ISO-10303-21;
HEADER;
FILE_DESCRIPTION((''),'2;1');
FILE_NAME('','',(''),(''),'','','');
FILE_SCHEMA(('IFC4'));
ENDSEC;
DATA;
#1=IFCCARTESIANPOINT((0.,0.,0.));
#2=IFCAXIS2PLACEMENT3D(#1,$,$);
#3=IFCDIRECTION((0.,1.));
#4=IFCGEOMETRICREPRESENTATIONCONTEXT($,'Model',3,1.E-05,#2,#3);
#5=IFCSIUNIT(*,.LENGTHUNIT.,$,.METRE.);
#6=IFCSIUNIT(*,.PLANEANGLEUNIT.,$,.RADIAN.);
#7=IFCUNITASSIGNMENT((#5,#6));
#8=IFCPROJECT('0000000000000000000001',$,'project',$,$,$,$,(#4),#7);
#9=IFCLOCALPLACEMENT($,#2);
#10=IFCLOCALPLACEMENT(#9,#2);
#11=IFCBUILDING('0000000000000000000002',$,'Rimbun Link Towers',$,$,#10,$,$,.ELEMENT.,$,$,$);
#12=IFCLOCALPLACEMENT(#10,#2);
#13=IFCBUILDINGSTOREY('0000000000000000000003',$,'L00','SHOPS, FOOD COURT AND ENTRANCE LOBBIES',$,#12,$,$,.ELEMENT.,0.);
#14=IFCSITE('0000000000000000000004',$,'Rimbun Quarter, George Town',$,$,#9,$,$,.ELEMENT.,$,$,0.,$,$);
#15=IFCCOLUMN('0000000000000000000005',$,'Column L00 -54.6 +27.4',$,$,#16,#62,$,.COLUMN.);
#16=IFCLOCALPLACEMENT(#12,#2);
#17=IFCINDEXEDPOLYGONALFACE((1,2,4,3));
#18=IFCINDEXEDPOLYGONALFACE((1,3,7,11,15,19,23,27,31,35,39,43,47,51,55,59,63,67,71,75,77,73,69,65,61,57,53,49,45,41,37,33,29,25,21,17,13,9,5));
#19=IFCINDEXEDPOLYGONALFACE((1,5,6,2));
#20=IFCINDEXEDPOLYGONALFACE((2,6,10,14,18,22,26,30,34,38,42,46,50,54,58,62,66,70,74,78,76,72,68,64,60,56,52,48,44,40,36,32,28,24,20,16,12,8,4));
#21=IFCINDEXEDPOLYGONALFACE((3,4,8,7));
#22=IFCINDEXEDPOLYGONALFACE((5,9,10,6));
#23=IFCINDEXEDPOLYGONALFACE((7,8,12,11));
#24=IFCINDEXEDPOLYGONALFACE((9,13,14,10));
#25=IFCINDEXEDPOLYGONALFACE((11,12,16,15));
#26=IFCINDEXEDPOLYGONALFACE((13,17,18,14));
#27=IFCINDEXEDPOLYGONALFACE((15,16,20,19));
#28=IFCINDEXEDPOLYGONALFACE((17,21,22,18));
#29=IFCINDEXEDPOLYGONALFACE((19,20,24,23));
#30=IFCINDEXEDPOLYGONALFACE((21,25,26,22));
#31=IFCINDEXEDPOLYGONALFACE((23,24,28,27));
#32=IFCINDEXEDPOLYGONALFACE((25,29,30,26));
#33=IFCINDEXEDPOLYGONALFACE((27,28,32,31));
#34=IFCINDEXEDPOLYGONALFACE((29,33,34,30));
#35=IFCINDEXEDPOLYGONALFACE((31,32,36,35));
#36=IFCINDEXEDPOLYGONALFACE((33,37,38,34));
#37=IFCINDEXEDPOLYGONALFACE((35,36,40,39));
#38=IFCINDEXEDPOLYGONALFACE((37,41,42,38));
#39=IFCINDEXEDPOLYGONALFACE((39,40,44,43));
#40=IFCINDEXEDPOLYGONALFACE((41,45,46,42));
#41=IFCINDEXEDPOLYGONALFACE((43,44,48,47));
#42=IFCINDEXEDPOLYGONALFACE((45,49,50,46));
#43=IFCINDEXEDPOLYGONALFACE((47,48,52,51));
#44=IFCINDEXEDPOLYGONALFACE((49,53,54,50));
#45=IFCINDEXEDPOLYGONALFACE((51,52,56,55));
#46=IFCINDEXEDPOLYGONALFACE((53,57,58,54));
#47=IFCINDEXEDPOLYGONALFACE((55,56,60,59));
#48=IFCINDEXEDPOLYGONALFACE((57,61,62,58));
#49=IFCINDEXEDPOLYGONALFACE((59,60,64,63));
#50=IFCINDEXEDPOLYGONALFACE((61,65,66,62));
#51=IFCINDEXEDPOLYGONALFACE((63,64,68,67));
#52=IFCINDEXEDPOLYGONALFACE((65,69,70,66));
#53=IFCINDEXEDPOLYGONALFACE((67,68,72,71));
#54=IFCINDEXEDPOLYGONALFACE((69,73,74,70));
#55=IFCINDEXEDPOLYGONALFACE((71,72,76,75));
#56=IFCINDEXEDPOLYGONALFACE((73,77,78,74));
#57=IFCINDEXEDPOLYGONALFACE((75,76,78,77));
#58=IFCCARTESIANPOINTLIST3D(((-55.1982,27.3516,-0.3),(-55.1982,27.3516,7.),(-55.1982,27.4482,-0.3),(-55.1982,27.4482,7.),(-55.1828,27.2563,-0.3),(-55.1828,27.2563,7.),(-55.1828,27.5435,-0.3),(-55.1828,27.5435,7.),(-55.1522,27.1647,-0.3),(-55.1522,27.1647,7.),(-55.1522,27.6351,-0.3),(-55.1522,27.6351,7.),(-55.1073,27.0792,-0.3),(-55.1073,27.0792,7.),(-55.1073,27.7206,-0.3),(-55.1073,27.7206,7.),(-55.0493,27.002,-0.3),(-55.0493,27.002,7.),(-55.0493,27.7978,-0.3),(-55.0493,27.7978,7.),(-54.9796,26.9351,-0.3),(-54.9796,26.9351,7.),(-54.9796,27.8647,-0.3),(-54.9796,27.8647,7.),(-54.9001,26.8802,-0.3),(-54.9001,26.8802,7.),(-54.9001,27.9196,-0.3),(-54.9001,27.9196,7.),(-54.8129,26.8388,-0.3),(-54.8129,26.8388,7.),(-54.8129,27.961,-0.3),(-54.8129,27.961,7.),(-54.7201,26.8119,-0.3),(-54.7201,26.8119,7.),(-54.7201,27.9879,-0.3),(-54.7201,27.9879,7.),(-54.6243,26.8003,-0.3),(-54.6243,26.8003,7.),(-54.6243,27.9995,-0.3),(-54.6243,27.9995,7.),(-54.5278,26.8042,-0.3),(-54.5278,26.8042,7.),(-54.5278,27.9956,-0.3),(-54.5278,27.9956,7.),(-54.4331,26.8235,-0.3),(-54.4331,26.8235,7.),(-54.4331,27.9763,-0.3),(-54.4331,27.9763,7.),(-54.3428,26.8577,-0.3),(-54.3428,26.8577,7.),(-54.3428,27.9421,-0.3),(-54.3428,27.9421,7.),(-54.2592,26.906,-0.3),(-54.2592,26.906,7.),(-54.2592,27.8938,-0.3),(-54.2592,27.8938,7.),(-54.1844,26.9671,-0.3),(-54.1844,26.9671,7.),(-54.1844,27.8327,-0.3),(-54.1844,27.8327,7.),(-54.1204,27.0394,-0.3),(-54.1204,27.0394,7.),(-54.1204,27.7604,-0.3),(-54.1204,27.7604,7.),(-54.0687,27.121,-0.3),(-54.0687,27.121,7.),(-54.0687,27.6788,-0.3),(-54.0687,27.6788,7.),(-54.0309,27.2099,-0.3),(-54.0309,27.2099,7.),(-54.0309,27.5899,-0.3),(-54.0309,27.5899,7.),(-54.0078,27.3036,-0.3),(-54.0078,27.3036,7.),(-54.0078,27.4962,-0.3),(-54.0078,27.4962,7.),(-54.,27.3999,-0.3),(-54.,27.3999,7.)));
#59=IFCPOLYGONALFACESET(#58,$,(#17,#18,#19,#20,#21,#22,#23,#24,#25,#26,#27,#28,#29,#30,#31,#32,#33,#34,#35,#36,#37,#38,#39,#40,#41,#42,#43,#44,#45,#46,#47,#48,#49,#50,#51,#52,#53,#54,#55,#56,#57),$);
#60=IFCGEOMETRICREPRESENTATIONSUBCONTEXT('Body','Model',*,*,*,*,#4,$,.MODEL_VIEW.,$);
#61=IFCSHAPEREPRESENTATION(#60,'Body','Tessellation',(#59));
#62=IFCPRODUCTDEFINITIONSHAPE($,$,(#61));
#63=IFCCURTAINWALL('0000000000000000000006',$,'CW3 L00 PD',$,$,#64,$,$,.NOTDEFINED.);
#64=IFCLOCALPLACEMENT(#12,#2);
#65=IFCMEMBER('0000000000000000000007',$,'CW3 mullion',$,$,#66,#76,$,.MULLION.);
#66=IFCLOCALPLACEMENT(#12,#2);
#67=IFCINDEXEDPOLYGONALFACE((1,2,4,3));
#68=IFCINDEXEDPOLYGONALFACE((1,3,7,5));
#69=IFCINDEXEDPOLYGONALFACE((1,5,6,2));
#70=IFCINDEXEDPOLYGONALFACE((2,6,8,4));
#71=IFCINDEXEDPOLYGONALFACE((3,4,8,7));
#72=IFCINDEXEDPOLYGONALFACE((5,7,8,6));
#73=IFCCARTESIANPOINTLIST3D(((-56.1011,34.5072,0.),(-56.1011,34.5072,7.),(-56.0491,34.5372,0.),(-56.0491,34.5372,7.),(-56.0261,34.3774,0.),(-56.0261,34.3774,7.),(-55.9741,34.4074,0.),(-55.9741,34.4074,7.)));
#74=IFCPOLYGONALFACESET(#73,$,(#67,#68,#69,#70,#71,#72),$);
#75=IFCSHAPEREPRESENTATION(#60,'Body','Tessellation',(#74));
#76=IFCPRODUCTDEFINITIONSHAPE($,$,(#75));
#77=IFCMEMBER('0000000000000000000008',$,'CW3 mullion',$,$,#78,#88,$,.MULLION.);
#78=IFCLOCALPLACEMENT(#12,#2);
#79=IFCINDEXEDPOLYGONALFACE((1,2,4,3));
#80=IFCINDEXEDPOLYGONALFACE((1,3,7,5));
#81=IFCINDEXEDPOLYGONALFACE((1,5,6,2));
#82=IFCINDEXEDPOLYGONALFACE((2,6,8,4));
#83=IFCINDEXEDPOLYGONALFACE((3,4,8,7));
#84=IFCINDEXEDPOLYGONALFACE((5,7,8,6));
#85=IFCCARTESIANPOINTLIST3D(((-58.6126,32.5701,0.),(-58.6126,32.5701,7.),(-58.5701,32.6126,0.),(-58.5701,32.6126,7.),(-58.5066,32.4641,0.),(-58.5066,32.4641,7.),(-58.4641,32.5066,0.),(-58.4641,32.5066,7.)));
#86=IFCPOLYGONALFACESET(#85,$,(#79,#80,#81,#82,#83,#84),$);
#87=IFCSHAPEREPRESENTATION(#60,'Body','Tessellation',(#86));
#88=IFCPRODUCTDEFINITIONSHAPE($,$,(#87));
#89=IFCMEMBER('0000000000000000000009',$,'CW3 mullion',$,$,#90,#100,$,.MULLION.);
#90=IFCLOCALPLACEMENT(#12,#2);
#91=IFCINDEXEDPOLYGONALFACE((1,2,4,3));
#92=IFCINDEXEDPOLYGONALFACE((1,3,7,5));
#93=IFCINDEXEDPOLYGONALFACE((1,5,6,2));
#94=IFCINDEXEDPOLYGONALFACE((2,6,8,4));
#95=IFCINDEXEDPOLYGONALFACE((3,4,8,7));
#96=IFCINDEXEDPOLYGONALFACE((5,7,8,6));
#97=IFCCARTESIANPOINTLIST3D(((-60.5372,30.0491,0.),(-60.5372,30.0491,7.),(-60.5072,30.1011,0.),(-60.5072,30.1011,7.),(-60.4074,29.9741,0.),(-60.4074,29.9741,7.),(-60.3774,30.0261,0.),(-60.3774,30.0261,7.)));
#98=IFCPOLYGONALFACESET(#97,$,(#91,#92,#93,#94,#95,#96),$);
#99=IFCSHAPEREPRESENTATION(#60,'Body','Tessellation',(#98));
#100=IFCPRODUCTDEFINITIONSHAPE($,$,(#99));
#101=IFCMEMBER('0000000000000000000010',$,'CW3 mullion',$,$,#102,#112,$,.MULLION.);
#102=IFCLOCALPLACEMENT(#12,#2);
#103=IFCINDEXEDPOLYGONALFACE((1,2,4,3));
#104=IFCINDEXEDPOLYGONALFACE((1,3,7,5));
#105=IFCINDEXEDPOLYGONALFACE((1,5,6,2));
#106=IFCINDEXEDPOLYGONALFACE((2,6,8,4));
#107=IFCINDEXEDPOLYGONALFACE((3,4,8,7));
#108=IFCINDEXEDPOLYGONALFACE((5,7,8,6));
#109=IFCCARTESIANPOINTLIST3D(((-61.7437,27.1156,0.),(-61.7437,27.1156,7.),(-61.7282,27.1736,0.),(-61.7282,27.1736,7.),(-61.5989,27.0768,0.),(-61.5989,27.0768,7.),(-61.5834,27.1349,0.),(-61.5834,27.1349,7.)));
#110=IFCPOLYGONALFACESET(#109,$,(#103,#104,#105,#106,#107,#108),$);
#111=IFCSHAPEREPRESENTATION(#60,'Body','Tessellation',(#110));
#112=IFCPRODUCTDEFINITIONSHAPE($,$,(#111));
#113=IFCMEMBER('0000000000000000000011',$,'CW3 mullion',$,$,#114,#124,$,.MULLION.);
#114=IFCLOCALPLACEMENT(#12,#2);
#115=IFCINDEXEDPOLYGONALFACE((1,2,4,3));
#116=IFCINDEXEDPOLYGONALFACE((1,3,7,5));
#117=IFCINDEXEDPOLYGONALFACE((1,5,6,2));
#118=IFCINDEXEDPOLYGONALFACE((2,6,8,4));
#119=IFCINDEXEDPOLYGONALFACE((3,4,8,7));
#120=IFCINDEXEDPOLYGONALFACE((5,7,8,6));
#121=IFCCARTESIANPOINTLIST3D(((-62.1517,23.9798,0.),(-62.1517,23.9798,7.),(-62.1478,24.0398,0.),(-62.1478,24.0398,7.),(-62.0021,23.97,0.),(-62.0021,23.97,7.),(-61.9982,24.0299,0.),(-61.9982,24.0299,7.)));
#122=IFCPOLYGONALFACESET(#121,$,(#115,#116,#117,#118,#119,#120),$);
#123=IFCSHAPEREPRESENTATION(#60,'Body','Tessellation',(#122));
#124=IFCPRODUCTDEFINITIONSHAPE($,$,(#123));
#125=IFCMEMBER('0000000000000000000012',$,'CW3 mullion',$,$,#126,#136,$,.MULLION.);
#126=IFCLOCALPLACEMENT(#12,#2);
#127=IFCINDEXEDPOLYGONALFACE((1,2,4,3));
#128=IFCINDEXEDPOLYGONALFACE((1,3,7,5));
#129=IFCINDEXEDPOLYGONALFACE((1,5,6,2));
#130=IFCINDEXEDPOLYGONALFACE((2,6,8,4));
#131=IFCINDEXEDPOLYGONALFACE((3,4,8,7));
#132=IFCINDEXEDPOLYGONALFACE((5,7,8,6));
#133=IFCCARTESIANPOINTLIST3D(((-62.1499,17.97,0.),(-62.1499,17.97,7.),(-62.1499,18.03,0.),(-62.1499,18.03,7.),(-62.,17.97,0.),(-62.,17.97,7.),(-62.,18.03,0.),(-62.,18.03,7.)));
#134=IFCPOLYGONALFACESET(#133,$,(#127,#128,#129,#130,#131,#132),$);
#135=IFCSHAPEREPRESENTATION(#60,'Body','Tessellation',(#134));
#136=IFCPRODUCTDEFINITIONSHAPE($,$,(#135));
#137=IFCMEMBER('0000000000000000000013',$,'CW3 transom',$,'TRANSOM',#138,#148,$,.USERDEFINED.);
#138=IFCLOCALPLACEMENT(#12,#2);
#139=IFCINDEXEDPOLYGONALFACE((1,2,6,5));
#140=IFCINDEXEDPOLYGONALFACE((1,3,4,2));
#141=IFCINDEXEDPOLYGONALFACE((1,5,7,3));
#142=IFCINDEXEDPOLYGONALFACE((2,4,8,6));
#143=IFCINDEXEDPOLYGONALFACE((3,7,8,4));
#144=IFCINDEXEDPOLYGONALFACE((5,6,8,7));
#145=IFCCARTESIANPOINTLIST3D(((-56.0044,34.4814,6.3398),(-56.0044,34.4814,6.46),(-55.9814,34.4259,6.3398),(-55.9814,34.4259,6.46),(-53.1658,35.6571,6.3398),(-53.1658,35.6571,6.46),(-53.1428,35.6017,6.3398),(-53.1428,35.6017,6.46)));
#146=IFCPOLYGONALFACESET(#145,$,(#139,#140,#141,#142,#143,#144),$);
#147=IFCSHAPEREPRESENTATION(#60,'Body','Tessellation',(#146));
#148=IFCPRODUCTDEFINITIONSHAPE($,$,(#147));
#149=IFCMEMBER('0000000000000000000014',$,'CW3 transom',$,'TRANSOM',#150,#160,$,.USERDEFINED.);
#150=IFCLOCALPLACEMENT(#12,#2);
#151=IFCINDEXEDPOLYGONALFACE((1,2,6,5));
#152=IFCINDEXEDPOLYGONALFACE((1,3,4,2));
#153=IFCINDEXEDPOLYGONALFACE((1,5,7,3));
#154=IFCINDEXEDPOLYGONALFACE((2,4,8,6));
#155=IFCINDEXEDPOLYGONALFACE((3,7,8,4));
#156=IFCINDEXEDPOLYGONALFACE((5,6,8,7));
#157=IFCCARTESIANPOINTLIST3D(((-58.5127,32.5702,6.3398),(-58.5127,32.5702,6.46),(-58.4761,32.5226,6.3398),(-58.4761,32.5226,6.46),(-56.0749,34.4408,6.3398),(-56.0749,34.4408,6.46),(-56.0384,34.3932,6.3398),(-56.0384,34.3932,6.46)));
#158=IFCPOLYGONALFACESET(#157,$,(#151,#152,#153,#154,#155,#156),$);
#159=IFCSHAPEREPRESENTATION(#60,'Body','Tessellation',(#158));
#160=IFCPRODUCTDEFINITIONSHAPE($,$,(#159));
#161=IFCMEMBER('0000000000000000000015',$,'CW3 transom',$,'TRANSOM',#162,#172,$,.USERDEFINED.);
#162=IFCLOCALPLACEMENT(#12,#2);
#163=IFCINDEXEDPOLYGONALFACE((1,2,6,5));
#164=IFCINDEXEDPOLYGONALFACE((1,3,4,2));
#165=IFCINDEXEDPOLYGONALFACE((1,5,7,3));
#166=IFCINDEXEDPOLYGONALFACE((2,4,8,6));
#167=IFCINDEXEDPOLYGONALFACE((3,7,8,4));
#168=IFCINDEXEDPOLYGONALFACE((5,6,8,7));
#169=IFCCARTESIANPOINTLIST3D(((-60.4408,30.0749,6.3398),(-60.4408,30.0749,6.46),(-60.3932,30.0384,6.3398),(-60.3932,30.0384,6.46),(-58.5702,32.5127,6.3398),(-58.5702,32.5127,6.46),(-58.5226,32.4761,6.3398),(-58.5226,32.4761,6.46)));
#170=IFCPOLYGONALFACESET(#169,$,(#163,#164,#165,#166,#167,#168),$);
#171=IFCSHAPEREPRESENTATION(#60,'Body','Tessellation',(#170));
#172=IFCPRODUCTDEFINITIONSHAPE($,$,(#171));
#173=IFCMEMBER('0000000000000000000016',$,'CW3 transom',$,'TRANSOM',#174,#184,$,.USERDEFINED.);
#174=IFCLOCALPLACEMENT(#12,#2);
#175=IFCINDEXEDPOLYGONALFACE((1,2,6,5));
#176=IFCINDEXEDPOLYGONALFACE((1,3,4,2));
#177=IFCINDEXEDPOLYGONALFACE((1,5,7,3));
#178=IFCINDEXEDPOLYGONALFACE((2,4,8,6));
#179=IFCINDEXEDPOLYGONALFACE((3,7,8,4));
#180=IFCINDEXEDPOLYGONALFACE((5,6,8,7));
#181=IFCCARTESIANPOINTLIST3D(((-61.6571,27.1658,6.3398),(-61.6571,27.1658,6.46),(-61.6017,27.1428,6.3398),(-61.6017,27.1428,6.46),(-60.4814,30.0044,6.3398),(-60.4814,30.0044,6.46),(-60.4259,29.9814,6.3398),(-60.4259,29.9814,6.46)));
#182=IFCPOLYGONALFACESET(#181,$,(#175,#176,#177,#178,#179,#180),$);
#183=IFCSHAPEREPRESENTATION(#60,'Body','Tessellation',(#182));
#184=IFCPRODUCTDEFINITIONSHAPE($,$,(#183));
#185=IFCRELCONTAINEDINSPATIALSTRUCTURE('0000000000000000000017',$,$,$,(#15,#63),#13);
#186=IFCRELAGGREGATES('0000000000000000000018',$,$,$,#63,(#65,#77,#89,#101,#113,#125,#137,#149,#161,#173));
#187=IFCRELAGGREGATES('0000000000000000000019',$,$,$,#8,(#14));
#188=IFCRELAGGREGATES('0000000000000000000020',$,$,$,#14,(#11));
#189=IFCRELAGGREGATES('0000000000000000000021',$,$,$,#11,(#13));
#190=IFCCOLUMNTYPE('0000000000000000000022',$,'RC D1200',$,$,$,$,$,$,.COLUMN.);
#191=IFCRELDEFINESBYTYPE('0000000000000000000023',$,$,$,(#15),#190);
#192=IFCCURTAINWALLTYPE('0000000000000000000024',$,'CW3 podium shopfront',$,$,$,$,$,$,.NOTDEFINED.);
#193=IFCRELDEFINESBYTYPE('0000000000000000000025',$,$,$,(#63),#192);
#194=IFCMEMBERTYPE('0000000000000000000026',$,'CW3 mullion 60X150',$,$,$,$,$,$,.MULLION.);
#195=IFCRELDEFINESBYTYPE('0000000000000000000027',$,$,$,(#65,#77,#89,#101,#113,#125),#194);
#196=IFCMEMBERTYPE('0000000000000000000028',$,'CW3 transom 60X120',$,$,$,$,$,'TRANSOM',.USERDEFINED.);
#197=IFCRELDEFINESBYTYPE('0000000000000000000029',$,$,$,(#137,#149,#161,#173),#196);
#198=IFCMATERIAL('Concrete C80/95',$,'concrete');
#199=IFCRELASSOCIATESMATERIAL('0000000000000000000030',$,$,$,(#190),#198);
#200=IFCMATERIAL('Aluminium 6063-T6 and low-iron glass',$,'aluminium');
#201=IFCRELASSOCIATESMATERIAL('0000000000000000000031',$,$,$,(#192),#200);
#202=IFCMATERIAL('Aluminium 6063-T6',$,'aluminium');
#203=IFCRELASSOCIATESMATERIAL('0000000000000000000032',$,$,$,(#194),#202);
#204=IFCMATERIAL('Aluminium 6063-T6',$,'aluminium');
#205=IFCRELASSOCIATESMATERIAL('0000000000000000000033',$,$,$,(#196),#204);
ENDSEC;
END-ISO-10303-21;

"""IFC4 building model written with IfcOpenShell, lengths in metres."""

from ifc_helpers import new_model, si_unit, direction, frame, origin, origin_2d, place, context, subcontext, project, spatial, rectangle, circle, extrude, material, material_profile, profile_set, type_object, element, aggregate, save


model = new_model("IFC4")

# Units and contexts
model_context = context("Model", 3, precision=1e-05, world=origin(), true_north=direction((0.0, 1.0)))
body_context = subcontext(model_context, "Body", "Model", "MODEL_VIEW")
ifc_project = project(units=[si_unit("LENGTHUNIT", "METRE"), si_unit("PLANEANGLEUNIT", "RADIAN")], contexts=[model_context])

# Site, building, storey
site_placement = place(None, origin())
site = spatial("IfcSite", under=ifc_project, at=site_placement, Name="Rimbun Quarter, George Town", CompositionType="ELEMENT", RefElevation=0.0)
building_placement = place(site_placement, origin())
building = spatial("IfcBuilding", under=site, at=building_placement, Name="Rimbun Link Towers", CompositionType="ELEMENT")
storey_placement = place(building_placement, origin())
storey = spatial("IfcBuildingStorey", under=building, at=storey_placement, Name="L00", Description="SHOPS, FOOD COURT AND ENTRANCE LOBBIES", CompositionType="ELEMENT", Elevation=0.0)

# Column
ifc_material_1 = material(Name="Concrete C80/95", Category="concrete")
ifc_material_profile_1 = material_profile(ifc_material_1, circle(Radius=0.6001, at=origin_2d()), Name="RC D1200")
ifc_profile_set_1 = profile_set([ifc_material_profile_1], Name="Concrete C80/95")
column_type = type_object("IfcColumnType", Name="RC D1200", PredefinedType="COLUMN", material=ifc_profile_set_1)
for number, where, z_axis, x_axis, name in (
    (1, (-54.6001, 27.3999, -0.3), (0.0, 0.0, 1.0), (1.0, 0.0, 0.0), "Column L00 -54.6 +27.4"),
):
    element("IfcColumn", number, at=place(storey_placement, frame(where, z_axis=z_axis, x_axis=x_axis)), inside=storey, type_object=column_type, Name=name, PredefinedType="COLUMN", context=body_context, shape_type="SweptSolid", body=[
        extrude(circle(Radius=0.6001, at=origin_2d()), origin(), (0.0, 0.0, 1.0), 7.3),
    ])

# Curtain wall, members
ifc_material_2 = material(Name="Aluminium 6063-T6 and low-iron glass", Category="aluminium")
curtain_wall_type = type_object("IfcCurtainWallType", Name="CW3 podium shopfront", PredefinedType="NOTDEFINED", material=ifc_material_2)
curtain_wall_placement = place(storey_placement, origin())
curtain_wall = element("IfcCurtainWall", 2, at=curtain_wall_placement, inside=storey, type_object=curtain_wall_type, Name="CW3 L00 PD", PredefinedType="NOTDEFINED")
ifc_material_3 = material(Name="Aluminium 6063-T6", Category="aluminium")
ifc_material_profile_2 = material_profile(ifc_material_3, rectangle(XDim=0.1499, YDim=0.0601, at=origin_2d()), Name="MULLION 60X150")
ifc_profile_set_2 = profile_set([ifc_material_profile_2], Name="Aluminium 6063-T6")
member_type_1 = type_object("IfcMemberType", Name="CW3 mullion 60X150", PredefinedType="MULLION", material=ifc_profile_set_2)
member_1_placement = place(storey_placement, frame((-56.0376, 34.4573, 0.0), z_axis=(0.0, 0.0, 1.0), x_axis=(-0.499994, 0.866029, 0.0)))
member_1 = element("IfcMember", 3, at=member_1_placement, type_object=member_type_1, Name="CW3 mullion", PredefinedType="MULLION", context=body_context, shape_type="SweptSolid", body=[
    extrude(rectangle(XDim=0.1499, YDim=0.0601, at=origin_2d()), origin(), (0.0, 0.0, 1.0), 7.0),
])
member_2_placement = place(storey_placement, frame((-58.5383, 32.5383, 0.0), z_axis=(0.0, 0.0, 1.0), x_axis=(-0.707107, 0.707107, 0.0)))
member_2 = element("IfcMember", 4, at=member_2_placement, type_object=member_type_1, Name="CW3 mullion", PredefinedType="MULLION", context=body_context, shape_type="SweptSolid", body=[
    extrude(rectangle(XDim=0.1499, YDim=0.0601, at=origin_2d()), origin(), (0.0, 0.0, 1.0), 7.0),
])
member_3_placement = place(storey_placement, frame((-60.4573, 30.0376, 0.0), z_axis=(0.0, 0.0, 1.0), x_axis=(-0.866029, 0.499994, 0.0)))
member_3 = element("IfcMember", 5, at=member_3_placement, type_object=member_type_1, Name="CW3 mullion", PredefinedType="MULLION", context=body_context, shape_type="SweptSolid", body=[
    extrude(rectangle(XDim=0.1499, YDim=0.0601, at=origin_2d()), origin(), (0.0, 0.0, 1.0), 7.0),
])
member_4_placement = place(storey_placement, frame((-61.6636, 27.1252, 0.0), z_axis=(0.0, 0.0, 1.0), x_axis=(-0.965926, 0.258819, 0.0)))
member_4 = element("IfcMember", 6, at=member_4_placement, type_object=member_type_1, Name="CW3 mullion", PredefinedType="MULLION", context=body_context, shape_type="SweptSolid", body=[
    extrude(rectangle(XDim=0.1499, YDim=0.0601, at=origin_2d()), origin(), (0.0, 0.0, 1.0), 7.0),
])
member_5_placement = place(storey_placement, frame((-62.075, 24.0049, 0.0), z_axis=(0.0, 0.0, 1.0), x_axis=(-0.997859, 0.065405, 0.0)))
member_5 = element("IfcMember", 7, at=member_5_placement, type_object=member_type_1, Name="CW3 mullion", PredefinedType="MULLION", context=body_context, shape_type="SweptSolid", body=[
    extrude(rectangle(XDim=0.1499, YDim=0.0601, at=origin_2d()), origin(), (0.0, 0.0, 1.0), 7.0),
])
member_6_placement = place(storey_placement, frame((-62.075, 18.0, 0.0), z_axis=(0.0, 0.0, 1.0), x_axis=(-1.0, 0.0, 0.0)))
member_6 = element("IfcMember", 8, at=member_6_placement, type_object=member_type_1, Name="CW3 mullion", PredefinedType="MULLION", context=body_context, shape_type="SweptSolid", body=[
    extrude(rectangle(XDim=0.1499, YDim=0.0601, at=origin_2d()), origin(), (0.0, 0.0, 1.0), 7.0),
])
ifc_material_4 = material(Name="Aluminium 6063-T6", Category="aluminium")
ifc_material_profile_3 = material_profile(ifc_material_4, rectangle(XDim=0.0601, YDim=0.1201, at=origin_2d()), Name="TRANSOM 60X120")
ifc_profile_set_3 = profile_set([ifc_material_profile_3], Name="Aluminium 6063-T6")
member_type_2 = type_object("IfcMemberType", Name="CW3 transom 60X120", ElementType="TRANSOM", PredefinedType="USERDEFINED", material=ifc_profile_set_3)
member_7_placement = place(storey_placement, frame((-55.9929, 34.4536, 6.3999), z_axis=(0.923881, 0.382679, 0.0), x_axis=(-0.382679, 0.923881, 0.0)))
member_7 = element("IfcMember", 9, at=member_7_placement, type_object=member_type_2, Name="CW3 transom", ObjectType="TRANSOM", PredefinedType="USERDEFINED", context=body_context, shape_type="SweptSolid", body=[
    extrude(rectangle(XDim=0.0601, YDim=0.1201, at=origin_2d()), origin(), (0.0, 0.0, 1.0), 3.0725),
])
member_8_placement = place(storey_placement, frame((-58.4944, 32.5464, 6.3999), z_axis=(0.793344, 0.608773, 0.0), x_axis=(-0.608773, 0.793344, 0.0)))
member_8 = element("IfcMember", 10, at=member_8_placement, type_object=member_type_2, Name="CW3 transom", ObjectType="TRANSOM", PredefinedType="USERDEFINED", context=body_context, shape_type="SweptSolid", body=[
    extrude(rectangle(XDim=0.0601, YDim=0.1201, at=origin_2d()), origin(), (0.0, 0.0, 1.0), 3.0728),
])
member_9_placement = place(storey_placement, frame((-60.417, 30.0566, 6.3999), z_axis=(0.608773, 0.793344, 0.0), x_axis=(-0.793344, 0.608773, 0.0)))
member_9 = element("IfcMember", 11, at=member_9_placement, type_object=member_type_2, Name="CW3 transom", ObjectType="TRANSOM", PredefinedType="USERDEFINED", context=body_context, shape_type="SweptSolid", body=[
    extrude(rectangle(XDim=0.0601, YDim=0.1201, at=origin_2d()), origin(), (0.0, 0.0, 1.0), 3.0728),
])
member_10_placement = place(storey_placement, frame((-61.6294, 27.1543, 6.3999), z_axis=(0.382679, 0.923881, 0.0), x_axis=(-0.923881, 0.382679, 0.0)))
member_10 = element("IfcMember", 12, at=member_10_placement, type_object=member_type_2, Name="CW3 transom", ObjectType="TRANSOM", PredefinedType="USERDEFINED", context=body_context, shape_type="SweptSolid", body=[
    extrude(rectangle(XDim=0.0601, YDim=0.1201, at=origin_2d()), origin(), (0.0, 0.0, 1.0), 3.0725),
])
aggregate(curtain_wall, [member_1, member_2, member_3, member_4, member_5, member_6, member_7, member_8, member_9, member_10])

save(model, "model.ifc")
